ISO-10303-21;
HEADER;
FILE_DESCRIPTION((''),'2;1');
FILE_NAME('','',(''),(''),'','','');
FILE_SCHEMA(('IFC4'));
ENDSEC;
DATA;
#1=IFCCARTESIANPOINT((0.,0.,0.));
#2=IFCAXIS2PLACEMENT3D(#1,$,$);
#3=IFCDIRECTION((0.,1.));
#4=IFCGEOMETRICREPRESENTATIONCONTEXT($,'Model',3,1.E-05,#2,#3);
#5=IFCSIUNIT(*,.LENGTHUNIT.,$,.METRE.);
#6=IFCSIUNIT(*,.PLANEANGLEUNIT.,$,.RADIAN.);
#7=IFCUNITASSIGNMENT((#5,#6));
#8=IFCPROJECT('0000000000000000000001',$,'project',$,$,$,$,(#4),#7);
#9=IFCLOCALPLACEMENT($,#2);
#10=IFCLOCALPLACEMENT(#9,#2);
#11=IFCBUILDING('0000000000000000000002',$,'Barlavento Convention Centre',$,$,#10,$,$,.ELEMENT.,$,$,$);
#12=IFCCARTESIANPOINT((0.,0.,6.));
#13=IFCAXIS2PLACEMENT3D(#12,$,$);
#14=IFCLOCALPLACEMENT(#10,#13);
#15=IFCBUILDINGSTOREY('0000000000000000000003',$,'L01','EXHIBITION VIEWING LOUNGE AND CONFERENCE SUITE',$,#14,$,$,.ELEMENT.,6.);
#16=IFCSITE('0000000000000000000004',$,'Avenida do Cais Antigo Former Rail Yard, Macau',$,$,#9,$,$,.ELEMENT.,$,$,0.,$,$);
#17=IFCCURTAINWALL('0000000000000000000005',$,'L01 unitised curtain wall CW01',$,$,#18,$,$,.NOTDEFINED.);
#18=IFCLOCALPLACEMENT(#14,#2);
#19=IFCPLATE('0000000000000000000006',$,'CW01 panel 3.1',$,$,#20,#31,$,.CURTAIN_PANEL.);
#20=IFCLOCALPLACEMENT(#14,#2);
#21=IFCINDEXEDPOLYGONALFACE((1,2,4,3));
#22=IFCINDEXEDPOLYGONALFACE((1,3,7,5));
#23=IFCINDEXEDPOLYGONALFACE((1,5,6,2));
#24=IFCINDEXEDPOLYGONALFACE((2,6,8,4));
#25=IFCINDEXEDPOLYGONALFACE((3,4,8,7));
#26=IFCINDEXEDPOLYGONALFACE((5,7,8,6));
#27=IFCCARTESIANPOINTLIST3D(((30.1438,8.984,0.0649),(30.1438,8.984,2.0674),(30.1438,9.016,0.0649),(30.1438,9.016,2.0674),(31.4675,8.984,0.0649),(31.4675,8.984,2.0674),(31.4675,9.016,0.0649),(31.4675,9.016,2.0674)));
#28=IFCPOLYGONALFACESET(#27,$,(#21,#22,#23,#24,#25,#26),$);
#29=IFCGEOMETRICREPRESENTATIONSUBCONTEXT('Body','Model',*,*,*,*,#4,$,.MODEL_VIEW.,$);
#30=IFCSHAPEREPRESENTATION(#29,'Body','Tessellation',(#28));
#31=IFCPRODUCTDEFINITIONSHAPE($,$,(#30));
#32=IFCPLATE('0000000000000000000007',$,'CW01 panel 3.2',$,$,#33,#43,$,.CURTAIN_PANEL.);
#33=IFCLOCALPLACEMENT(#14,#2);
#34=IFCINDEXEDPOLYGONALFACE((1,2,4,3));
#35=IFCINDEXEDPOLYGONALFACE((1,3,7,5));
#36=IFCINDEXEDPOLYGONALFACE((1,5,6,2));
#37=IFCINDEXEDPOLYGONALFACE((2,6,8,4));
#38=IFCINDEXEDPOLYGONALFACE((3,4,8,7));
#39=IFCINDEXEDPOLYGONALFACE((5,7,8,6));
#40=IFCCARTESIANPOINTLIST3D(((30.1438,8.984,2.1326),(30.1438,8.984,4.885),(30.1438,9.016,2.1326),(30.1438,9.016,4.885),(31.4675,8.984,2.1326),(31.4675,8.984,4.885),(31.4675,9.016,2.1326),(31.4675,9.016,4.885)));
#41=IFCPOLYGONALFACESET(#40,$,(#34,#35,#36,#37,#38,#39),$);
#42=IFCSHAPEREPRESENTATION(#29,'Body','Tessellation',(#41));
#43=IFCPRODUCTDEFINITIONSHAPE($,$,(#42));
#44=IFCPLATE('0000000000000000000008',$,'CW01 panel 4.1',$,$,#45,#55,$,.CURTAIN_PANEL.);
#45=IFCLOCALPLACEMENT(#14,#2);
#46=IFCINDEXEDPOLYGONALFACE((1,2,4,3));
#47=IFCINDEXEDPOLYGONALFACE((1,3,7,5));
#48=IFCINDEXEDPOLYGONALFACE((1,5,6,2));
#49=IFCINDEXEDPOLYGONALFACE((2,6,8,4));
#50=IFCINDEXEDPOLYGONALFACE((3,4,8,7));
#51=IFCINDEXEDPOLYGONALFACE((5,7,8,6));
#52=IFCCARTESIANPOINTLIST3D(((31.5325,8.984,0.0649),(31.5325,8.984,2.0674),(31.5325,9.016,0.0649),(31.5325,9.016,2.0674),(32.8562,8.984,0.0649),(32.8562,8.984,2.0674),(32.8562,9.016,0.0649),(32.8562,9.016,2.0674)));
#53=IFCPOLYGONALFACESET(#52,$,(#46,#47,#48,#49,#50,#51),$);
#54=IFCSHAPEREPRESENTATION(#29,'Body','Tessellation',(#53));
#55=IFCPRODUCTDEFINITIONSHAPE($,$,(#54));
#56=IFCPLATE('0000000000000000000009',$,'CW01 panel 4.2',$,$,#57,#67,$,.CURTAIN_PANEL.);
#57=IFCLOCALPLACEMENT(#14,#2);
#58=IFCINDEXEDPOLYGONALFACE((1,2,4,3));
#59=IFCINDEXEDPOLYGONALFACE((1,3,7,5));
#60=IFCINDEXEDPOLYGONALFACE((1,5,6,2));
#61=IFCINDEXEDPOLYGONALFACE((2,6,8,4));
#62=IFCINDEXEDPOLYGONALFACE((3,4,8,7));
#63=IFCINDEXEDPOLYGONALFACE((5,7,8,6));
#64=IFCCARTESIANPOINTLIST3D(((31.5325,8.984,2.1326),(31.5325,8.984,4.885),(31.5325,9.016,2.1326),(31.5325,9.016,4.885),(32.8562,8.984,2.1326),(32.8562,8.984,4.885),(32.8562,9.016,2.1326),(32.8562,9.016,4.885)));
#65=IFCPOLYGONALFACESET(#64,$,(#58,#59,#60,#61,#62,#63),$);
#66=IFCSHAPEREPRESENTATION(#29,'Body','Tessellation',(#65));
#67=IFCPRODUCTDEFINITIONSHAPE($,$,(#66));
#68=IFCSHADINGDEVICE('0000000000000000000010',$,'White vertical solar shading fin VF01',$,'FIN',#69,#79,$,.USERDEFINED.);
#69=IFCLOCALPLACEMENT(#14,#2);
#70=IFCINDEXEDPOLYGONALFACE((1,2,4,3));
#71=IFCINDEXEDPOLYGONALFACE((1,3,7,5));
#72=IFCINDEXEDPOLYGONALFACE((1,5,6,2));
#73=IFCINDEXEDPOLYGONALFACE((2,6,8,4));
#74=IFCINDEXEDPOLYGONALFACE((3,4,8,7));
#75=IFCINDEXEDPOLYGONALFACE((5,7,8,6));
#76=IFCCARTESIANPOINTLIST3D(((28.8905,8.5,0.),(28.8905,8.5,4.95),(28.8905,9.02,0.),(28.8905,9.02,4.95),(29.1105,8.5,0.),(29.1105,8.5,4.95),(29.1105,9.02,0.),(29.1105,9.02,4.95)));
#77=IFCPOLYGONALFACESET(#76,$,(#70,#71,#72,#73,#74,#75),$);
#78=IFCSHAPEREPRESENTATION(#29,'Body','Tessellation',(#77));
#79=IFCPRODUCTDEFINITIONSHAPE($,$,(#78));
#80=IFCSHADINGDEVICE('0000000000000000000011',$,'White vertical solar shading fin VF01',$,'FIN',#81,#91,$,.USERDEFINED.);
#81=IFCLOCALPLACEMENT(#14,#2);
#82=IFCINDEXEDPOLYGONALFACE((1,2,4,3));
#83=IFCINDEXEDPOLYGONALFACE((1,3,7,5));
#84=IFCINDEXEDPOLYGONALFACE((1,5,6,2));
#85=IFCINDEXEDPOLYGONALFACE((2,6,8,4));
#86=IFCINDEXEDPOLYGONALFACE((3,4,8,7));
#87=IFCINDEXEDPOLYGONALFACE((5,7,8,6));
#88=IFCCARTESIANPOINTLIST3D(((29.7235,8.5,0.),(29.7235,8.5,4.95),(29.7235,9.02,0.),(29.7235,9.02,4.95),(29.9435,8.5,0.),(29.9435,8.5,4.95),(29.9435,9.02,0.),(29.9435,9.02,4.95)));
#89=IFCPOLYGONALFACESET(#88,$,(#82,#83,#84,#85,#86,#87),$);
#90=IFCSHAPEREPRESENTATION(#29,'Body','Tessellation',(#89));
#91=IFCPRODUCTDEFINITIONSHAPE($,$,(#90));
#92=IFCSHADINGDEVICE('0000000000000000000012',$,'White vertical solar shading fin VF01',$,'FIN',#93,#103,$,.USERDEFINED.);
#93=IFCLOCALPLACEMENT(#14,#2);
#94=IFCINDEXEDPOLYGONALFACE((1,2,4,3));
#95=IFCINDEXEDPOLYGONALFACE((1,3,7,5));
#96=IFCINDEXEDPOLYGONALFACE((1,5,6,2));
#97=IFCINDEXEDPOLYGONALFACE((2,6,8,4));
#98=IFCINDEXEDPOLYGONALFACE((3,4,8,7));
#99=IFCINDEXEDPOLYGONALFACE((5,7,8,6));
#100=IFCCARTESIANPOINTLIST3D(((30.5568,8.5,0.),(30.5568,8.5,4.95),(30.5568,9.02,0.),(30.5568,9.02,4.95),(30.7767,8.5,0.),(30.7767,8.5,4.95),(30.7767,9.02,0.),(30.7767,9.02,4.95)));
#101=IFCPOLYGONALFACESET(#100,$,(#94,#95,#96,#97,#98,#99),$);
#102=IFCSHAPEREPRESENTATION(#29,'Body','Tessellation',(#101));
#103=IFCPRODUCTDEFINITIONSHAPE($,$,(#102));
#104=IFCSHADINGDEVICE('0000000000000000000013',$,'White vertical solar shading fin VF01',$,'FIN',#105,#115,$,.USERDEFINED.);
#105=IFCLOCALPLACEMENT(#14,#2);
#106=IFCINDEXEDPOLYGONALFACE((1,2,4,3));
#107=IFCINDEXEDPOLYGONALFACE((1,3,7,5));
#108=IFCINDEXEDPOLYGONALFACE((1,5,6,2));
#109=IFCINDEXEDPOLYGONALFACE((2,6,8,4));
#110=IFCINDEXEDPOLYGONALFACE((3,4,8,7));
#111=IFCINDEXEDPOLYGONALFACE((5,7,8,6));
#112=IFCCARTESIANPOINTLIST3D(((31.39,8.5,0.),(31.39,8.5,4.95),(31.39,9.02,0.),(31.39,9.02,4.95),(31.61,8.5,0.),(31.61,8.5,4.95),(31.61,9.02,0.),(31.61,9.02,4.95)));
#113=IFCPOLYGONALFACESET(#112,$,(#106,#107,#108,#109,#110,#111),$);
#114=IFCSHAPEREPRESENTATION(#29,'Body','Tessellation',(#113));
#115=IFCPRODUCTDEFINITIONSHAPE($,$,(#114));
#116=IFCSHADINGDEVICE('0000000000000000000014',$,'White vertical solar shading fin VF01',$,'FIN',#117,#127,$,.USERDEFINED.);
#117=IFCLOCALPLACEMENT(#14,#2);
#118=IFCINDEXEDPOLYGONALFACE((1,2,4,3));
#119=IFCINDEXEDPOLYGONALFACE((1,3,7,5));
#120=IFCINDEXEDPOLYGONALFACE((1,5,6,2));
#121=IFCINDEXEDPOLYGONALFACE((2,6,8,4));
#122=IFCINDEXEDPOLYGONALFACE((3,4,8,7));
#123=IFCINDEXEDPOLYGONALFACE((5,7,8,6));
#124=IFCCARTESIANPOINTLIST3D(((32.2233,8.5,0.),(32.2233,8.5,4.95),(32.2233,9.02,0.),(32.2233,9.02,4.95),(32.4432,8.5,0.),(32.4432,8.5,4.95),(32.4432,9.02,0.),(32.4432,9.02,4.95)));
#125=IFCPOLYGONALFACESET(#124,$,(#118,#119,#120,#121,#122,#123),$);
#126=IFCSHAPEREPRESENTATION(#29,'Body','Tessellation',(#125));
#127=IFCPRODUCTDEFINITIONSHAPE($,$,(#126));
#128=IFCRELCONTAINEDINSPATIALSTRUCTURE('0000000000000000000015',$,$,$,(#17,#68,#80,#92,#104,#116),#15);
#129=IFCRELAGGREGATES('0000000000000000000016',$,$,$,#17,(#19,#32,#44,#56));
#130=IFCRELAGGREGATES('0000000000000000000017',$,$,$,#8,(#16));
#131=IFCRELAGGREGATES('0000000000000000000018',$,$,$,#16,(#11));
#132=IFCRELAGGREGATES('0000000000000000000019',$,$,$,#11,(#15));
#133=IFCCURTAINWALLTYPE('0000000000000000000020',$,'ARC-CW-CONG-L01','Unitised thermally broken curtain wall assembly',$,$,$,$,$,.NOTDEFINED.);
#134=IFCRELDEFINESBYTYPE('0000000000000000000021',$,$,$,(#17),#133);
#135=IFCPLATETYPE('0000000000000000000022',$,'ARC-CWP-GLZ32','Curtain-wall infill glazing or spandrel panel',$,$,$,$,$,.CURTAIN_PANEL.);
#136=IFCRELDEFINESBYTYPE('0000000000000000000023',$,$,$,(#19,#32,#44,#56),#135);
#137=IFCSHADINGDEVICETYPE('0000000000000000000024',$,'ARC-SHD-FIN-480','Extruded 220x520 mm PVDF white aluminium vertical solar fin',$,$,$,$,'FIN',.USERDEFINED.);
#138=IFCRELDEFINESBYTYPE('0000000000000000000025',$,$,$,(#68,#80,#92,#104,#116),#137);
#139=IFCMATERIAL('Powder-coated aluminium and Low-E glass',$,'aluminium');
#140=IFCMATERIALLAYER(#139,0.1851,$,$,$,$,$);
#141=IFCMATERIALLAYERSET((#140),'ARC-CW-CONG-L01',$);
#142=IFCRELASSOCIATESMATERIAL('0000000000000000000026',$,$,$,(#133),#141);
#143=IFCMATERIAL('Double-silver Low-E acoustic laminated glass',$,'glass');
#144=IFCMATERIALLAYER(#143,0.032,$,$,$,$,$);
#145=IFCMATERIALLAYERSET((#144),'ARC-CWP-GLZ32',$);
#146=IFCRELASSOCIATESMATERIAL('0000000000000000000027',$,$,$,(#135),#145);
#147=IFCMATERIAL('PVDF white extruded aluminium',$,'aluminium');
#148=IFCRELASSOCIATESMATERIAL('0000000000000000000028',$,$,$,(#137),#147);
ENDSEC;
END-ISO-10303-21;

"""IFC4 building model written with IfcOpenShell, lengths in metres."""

from ifc_helpers import new_model, si_unit, direction, frame, origin, origin_2d, place, context, subcontext, project, spatial, rectangle, extrude, material, layer, layer_set, type_object, element, aggregate, save


model = new_model("IFC4")

# Units and contexts
model_context = context("Model", 3, precision=1e-05, world=origin(), true_north=direction((0.0, 1.0)))
body_context = subcontext(model_context, "Body", "Model", "MODEL_VIEW")
ifc_project = project(units=[si_unit("LENGTHUNIT", "METRE"), si_unit("PLANEANGLEUNIT", "RADIAN")], contexts=[model_context])

# Site, building, storey
site_placement = place(None, origin())
site = spatial("IfcSite", under=ifc_project, at=site_placement, Name="Avenida do Cais Antigo Former Rail Yard, Macau", CompositionType="ELEMENT", RefElevation=0.0)
building_placement = place(site_placement, origin())
building = spatial("IfcBuilding", under=site, at=building_placement, Name="Barlavento Convention Centre", CompositionType="ELEMENT")
storey_placement = place(building_placement, frame((0.0, 0.0, 6.0)))
storey = spatial("IfcBuildingStorey", under=building, at=storey_placement, Name="L01", Description="EXHIBITION VIEWING LOUNGE AND CONFERENCE SUITE", CompositionType="ELEMENT", Elevation=6.0)

# Curtain wall, plates
ifc_material_1 = material(Name="Powder-coated aluminium and Low-E glass", Category="aluminium")
ifc_layer_1 = layer(ifc_material_1, 0.1851)
ifc_layer_set_1 = layer_set([ifc_layer_1], Name="ARC-CW-CONG-L01")
curtain_wall_type = type_object("IfcCurtainWallType", Name="ARC-CW-CONG-L01", Description="Unitised thermally broken curtain wall assembly", PredefinedType="NOTDEFINED", material=ifc_layer_set_1)
curtain_wall_placement = place(storey_placement, origin())
curtain_wall = element("IfcCurtainWall", 1, at=curtain_wall_placement, inside=storey, type_object=curtain_wall_type, Name="L01 unitised curtain wall CW01", PredefinedType="NOTDEFINED")
ifc_material_2 = material(Name="Double-silver Low-E acoustic laminated glass", Category="glass")
ifc_layer_2 = layer(ifc_material_2, 0.032)
ifc_layer_set_2 = layer_set([ifc_layer_2], Name="ARC-CWP-GLZ32")
plate_type = type_object("IfcPlateType", Name="ARC-CWP-GLZ32", Description="Curtain-wall infill glazing or spandrel panel", PredefinedType="CURTAIN_PANEL", material=ifc_layer_set_2)
plate_1_placement = place(storey_placement, frame((30.8057, 9.0, 0.0649), z_axis=(0.0, 0.0, 1.0), x_axis=(1.0, 0.0, 0.0)))
plate_1 = element("IfcPlate", 2, at=plate_1_placement, type_object=plate_type, Name="CW01 panel 3.1", PredefinedType="CURTAIN_PANEL", context=body_context, shape_type="SweptSolid", body=[
    extrude(rectangle(XDim=1.3237, YDim=0.032, at=origin_2d()), origin(), (0.0, 0.0, 1.0), 2.0024),
])
plate_2_placement = place(storey_placement, frame((30.8057, 9.0, 2.1326), z_axis=(0.0, 0.0, 1.0), x_axis=(1.0, 0.0, 0.0)))
plate_2 = element("IfcPlate", 3, at=plate_2_placement, type_object=plate_type, Name="CW01 panel 3.2", PredefinedType="CURTAIN_PANEL", context=body_context, shape_type="SweptSolid", body=[
    extrude(rectangle(XDim=1.3237, YDim=0.032, at=origin_2d()), origin(), (0.0, 0.0, 1.0), 2.7524),
])
plate_3_placement = place(storey_placement, frame((32.1943, 9.0, 0.0649), z_axis=(0.0, 0.0, 1.0), x_axis=(1.0, 0.0, 0.0)))
plate_3 = element("IfcPlate", 4, at=plate_3_placement, type_object=plate_type, Name="CW01 panel 4.1", PredefinedType="CURTAIN_PANEL", context=body_context, shape_type="SweptSolid", body=[
    extrude(rectangle(XDim=1.3237, YDim=0.032, at=origin_2d()), origin(), (0.0, 0.0, 1.0), 2.0024),
])
plate_4_placement = place(storey_placement, frame((32.1943, 9.0, 2.1326), z_axis=(0.0, 0.0, 1.0), x_axis=(1.0, 0.0, 0.0)))
plate_4 = element("IfcPlate", 5, at=plate_4_placement, type_object=plate_type, Name="CW01 panel 4.2", PredefinedType="CURTAIN_PANEL", context=body_context, shape_type="SweptSolid", body=[
    extrude(rectangle(XDim=1.3237, YDim=0.032, at=origin_2d()), origin(), (0.0, 0.0, 1.0), 2.7524),
])
aggregate(curtain_wall, [plate_1, plate_2, plate_3, plate_4])

# Shading devices
ifc_material_3 = material(Name="PVDF white extruded aluminium", Category="aluminium")
shading_device_type = type_object("IfcShadingDeviceType", Name="ARC-SHD-FIN-480", Description="Extruded 220x520 mm PVDF white aluminium vertical solar fin", ElementType="FIN", PredefinedType="USERDEFINED", material=ifc_material_3)
for number, where, z_axis, x_axis, name in (
    (6, (29.0005, 8.76, 0.0), (0.0, 0.0, 1.0), (1.0, 0.0, 0.0), "White vertical solar shading fin VF01"),
    (7, (29.8335, 8.76, 0.0), (0.0, 0.0, 1.0), (1.0, 0.0, 0.0), "White vertical solar shading fin VF01"),
    (8, (30.6667, 8.76, 0.0), (0.0, 0.0, 1.0), (1.0, 0.0, 0.0), "White vertical solar shading fin VF01"),
    (9, (31.5, 8.76, 0.0), (0.0, 0.0, 1.0), (1.0, 0.0, 0.0), "White vertical solar shading fin VF01"),
    (10, (32.3333, 8.76, 0.0), (0.0, 0.0, 1.0), (1.0, 0.0, 0.0), "White vertical solar shading fin VF01"),
):
    element("IfcShadingDevice", number, at=place(storey_placement, frame(where, z_axis=z_axis, x_axis=x_axis)), inside=storey, type_object=shading_device_type, Name=name, ObjectType="FIN", PredefinedType="USERDEFINED", context=body_context, shape_type="SweptSolid", body=[
        extrude(rectangle(XDim=0.22, YDim=0.52, at=origin_2d()), origin(), (0.0, 0.0, 1.0), 4.95),
    ])

save(model, "model.ifc")
